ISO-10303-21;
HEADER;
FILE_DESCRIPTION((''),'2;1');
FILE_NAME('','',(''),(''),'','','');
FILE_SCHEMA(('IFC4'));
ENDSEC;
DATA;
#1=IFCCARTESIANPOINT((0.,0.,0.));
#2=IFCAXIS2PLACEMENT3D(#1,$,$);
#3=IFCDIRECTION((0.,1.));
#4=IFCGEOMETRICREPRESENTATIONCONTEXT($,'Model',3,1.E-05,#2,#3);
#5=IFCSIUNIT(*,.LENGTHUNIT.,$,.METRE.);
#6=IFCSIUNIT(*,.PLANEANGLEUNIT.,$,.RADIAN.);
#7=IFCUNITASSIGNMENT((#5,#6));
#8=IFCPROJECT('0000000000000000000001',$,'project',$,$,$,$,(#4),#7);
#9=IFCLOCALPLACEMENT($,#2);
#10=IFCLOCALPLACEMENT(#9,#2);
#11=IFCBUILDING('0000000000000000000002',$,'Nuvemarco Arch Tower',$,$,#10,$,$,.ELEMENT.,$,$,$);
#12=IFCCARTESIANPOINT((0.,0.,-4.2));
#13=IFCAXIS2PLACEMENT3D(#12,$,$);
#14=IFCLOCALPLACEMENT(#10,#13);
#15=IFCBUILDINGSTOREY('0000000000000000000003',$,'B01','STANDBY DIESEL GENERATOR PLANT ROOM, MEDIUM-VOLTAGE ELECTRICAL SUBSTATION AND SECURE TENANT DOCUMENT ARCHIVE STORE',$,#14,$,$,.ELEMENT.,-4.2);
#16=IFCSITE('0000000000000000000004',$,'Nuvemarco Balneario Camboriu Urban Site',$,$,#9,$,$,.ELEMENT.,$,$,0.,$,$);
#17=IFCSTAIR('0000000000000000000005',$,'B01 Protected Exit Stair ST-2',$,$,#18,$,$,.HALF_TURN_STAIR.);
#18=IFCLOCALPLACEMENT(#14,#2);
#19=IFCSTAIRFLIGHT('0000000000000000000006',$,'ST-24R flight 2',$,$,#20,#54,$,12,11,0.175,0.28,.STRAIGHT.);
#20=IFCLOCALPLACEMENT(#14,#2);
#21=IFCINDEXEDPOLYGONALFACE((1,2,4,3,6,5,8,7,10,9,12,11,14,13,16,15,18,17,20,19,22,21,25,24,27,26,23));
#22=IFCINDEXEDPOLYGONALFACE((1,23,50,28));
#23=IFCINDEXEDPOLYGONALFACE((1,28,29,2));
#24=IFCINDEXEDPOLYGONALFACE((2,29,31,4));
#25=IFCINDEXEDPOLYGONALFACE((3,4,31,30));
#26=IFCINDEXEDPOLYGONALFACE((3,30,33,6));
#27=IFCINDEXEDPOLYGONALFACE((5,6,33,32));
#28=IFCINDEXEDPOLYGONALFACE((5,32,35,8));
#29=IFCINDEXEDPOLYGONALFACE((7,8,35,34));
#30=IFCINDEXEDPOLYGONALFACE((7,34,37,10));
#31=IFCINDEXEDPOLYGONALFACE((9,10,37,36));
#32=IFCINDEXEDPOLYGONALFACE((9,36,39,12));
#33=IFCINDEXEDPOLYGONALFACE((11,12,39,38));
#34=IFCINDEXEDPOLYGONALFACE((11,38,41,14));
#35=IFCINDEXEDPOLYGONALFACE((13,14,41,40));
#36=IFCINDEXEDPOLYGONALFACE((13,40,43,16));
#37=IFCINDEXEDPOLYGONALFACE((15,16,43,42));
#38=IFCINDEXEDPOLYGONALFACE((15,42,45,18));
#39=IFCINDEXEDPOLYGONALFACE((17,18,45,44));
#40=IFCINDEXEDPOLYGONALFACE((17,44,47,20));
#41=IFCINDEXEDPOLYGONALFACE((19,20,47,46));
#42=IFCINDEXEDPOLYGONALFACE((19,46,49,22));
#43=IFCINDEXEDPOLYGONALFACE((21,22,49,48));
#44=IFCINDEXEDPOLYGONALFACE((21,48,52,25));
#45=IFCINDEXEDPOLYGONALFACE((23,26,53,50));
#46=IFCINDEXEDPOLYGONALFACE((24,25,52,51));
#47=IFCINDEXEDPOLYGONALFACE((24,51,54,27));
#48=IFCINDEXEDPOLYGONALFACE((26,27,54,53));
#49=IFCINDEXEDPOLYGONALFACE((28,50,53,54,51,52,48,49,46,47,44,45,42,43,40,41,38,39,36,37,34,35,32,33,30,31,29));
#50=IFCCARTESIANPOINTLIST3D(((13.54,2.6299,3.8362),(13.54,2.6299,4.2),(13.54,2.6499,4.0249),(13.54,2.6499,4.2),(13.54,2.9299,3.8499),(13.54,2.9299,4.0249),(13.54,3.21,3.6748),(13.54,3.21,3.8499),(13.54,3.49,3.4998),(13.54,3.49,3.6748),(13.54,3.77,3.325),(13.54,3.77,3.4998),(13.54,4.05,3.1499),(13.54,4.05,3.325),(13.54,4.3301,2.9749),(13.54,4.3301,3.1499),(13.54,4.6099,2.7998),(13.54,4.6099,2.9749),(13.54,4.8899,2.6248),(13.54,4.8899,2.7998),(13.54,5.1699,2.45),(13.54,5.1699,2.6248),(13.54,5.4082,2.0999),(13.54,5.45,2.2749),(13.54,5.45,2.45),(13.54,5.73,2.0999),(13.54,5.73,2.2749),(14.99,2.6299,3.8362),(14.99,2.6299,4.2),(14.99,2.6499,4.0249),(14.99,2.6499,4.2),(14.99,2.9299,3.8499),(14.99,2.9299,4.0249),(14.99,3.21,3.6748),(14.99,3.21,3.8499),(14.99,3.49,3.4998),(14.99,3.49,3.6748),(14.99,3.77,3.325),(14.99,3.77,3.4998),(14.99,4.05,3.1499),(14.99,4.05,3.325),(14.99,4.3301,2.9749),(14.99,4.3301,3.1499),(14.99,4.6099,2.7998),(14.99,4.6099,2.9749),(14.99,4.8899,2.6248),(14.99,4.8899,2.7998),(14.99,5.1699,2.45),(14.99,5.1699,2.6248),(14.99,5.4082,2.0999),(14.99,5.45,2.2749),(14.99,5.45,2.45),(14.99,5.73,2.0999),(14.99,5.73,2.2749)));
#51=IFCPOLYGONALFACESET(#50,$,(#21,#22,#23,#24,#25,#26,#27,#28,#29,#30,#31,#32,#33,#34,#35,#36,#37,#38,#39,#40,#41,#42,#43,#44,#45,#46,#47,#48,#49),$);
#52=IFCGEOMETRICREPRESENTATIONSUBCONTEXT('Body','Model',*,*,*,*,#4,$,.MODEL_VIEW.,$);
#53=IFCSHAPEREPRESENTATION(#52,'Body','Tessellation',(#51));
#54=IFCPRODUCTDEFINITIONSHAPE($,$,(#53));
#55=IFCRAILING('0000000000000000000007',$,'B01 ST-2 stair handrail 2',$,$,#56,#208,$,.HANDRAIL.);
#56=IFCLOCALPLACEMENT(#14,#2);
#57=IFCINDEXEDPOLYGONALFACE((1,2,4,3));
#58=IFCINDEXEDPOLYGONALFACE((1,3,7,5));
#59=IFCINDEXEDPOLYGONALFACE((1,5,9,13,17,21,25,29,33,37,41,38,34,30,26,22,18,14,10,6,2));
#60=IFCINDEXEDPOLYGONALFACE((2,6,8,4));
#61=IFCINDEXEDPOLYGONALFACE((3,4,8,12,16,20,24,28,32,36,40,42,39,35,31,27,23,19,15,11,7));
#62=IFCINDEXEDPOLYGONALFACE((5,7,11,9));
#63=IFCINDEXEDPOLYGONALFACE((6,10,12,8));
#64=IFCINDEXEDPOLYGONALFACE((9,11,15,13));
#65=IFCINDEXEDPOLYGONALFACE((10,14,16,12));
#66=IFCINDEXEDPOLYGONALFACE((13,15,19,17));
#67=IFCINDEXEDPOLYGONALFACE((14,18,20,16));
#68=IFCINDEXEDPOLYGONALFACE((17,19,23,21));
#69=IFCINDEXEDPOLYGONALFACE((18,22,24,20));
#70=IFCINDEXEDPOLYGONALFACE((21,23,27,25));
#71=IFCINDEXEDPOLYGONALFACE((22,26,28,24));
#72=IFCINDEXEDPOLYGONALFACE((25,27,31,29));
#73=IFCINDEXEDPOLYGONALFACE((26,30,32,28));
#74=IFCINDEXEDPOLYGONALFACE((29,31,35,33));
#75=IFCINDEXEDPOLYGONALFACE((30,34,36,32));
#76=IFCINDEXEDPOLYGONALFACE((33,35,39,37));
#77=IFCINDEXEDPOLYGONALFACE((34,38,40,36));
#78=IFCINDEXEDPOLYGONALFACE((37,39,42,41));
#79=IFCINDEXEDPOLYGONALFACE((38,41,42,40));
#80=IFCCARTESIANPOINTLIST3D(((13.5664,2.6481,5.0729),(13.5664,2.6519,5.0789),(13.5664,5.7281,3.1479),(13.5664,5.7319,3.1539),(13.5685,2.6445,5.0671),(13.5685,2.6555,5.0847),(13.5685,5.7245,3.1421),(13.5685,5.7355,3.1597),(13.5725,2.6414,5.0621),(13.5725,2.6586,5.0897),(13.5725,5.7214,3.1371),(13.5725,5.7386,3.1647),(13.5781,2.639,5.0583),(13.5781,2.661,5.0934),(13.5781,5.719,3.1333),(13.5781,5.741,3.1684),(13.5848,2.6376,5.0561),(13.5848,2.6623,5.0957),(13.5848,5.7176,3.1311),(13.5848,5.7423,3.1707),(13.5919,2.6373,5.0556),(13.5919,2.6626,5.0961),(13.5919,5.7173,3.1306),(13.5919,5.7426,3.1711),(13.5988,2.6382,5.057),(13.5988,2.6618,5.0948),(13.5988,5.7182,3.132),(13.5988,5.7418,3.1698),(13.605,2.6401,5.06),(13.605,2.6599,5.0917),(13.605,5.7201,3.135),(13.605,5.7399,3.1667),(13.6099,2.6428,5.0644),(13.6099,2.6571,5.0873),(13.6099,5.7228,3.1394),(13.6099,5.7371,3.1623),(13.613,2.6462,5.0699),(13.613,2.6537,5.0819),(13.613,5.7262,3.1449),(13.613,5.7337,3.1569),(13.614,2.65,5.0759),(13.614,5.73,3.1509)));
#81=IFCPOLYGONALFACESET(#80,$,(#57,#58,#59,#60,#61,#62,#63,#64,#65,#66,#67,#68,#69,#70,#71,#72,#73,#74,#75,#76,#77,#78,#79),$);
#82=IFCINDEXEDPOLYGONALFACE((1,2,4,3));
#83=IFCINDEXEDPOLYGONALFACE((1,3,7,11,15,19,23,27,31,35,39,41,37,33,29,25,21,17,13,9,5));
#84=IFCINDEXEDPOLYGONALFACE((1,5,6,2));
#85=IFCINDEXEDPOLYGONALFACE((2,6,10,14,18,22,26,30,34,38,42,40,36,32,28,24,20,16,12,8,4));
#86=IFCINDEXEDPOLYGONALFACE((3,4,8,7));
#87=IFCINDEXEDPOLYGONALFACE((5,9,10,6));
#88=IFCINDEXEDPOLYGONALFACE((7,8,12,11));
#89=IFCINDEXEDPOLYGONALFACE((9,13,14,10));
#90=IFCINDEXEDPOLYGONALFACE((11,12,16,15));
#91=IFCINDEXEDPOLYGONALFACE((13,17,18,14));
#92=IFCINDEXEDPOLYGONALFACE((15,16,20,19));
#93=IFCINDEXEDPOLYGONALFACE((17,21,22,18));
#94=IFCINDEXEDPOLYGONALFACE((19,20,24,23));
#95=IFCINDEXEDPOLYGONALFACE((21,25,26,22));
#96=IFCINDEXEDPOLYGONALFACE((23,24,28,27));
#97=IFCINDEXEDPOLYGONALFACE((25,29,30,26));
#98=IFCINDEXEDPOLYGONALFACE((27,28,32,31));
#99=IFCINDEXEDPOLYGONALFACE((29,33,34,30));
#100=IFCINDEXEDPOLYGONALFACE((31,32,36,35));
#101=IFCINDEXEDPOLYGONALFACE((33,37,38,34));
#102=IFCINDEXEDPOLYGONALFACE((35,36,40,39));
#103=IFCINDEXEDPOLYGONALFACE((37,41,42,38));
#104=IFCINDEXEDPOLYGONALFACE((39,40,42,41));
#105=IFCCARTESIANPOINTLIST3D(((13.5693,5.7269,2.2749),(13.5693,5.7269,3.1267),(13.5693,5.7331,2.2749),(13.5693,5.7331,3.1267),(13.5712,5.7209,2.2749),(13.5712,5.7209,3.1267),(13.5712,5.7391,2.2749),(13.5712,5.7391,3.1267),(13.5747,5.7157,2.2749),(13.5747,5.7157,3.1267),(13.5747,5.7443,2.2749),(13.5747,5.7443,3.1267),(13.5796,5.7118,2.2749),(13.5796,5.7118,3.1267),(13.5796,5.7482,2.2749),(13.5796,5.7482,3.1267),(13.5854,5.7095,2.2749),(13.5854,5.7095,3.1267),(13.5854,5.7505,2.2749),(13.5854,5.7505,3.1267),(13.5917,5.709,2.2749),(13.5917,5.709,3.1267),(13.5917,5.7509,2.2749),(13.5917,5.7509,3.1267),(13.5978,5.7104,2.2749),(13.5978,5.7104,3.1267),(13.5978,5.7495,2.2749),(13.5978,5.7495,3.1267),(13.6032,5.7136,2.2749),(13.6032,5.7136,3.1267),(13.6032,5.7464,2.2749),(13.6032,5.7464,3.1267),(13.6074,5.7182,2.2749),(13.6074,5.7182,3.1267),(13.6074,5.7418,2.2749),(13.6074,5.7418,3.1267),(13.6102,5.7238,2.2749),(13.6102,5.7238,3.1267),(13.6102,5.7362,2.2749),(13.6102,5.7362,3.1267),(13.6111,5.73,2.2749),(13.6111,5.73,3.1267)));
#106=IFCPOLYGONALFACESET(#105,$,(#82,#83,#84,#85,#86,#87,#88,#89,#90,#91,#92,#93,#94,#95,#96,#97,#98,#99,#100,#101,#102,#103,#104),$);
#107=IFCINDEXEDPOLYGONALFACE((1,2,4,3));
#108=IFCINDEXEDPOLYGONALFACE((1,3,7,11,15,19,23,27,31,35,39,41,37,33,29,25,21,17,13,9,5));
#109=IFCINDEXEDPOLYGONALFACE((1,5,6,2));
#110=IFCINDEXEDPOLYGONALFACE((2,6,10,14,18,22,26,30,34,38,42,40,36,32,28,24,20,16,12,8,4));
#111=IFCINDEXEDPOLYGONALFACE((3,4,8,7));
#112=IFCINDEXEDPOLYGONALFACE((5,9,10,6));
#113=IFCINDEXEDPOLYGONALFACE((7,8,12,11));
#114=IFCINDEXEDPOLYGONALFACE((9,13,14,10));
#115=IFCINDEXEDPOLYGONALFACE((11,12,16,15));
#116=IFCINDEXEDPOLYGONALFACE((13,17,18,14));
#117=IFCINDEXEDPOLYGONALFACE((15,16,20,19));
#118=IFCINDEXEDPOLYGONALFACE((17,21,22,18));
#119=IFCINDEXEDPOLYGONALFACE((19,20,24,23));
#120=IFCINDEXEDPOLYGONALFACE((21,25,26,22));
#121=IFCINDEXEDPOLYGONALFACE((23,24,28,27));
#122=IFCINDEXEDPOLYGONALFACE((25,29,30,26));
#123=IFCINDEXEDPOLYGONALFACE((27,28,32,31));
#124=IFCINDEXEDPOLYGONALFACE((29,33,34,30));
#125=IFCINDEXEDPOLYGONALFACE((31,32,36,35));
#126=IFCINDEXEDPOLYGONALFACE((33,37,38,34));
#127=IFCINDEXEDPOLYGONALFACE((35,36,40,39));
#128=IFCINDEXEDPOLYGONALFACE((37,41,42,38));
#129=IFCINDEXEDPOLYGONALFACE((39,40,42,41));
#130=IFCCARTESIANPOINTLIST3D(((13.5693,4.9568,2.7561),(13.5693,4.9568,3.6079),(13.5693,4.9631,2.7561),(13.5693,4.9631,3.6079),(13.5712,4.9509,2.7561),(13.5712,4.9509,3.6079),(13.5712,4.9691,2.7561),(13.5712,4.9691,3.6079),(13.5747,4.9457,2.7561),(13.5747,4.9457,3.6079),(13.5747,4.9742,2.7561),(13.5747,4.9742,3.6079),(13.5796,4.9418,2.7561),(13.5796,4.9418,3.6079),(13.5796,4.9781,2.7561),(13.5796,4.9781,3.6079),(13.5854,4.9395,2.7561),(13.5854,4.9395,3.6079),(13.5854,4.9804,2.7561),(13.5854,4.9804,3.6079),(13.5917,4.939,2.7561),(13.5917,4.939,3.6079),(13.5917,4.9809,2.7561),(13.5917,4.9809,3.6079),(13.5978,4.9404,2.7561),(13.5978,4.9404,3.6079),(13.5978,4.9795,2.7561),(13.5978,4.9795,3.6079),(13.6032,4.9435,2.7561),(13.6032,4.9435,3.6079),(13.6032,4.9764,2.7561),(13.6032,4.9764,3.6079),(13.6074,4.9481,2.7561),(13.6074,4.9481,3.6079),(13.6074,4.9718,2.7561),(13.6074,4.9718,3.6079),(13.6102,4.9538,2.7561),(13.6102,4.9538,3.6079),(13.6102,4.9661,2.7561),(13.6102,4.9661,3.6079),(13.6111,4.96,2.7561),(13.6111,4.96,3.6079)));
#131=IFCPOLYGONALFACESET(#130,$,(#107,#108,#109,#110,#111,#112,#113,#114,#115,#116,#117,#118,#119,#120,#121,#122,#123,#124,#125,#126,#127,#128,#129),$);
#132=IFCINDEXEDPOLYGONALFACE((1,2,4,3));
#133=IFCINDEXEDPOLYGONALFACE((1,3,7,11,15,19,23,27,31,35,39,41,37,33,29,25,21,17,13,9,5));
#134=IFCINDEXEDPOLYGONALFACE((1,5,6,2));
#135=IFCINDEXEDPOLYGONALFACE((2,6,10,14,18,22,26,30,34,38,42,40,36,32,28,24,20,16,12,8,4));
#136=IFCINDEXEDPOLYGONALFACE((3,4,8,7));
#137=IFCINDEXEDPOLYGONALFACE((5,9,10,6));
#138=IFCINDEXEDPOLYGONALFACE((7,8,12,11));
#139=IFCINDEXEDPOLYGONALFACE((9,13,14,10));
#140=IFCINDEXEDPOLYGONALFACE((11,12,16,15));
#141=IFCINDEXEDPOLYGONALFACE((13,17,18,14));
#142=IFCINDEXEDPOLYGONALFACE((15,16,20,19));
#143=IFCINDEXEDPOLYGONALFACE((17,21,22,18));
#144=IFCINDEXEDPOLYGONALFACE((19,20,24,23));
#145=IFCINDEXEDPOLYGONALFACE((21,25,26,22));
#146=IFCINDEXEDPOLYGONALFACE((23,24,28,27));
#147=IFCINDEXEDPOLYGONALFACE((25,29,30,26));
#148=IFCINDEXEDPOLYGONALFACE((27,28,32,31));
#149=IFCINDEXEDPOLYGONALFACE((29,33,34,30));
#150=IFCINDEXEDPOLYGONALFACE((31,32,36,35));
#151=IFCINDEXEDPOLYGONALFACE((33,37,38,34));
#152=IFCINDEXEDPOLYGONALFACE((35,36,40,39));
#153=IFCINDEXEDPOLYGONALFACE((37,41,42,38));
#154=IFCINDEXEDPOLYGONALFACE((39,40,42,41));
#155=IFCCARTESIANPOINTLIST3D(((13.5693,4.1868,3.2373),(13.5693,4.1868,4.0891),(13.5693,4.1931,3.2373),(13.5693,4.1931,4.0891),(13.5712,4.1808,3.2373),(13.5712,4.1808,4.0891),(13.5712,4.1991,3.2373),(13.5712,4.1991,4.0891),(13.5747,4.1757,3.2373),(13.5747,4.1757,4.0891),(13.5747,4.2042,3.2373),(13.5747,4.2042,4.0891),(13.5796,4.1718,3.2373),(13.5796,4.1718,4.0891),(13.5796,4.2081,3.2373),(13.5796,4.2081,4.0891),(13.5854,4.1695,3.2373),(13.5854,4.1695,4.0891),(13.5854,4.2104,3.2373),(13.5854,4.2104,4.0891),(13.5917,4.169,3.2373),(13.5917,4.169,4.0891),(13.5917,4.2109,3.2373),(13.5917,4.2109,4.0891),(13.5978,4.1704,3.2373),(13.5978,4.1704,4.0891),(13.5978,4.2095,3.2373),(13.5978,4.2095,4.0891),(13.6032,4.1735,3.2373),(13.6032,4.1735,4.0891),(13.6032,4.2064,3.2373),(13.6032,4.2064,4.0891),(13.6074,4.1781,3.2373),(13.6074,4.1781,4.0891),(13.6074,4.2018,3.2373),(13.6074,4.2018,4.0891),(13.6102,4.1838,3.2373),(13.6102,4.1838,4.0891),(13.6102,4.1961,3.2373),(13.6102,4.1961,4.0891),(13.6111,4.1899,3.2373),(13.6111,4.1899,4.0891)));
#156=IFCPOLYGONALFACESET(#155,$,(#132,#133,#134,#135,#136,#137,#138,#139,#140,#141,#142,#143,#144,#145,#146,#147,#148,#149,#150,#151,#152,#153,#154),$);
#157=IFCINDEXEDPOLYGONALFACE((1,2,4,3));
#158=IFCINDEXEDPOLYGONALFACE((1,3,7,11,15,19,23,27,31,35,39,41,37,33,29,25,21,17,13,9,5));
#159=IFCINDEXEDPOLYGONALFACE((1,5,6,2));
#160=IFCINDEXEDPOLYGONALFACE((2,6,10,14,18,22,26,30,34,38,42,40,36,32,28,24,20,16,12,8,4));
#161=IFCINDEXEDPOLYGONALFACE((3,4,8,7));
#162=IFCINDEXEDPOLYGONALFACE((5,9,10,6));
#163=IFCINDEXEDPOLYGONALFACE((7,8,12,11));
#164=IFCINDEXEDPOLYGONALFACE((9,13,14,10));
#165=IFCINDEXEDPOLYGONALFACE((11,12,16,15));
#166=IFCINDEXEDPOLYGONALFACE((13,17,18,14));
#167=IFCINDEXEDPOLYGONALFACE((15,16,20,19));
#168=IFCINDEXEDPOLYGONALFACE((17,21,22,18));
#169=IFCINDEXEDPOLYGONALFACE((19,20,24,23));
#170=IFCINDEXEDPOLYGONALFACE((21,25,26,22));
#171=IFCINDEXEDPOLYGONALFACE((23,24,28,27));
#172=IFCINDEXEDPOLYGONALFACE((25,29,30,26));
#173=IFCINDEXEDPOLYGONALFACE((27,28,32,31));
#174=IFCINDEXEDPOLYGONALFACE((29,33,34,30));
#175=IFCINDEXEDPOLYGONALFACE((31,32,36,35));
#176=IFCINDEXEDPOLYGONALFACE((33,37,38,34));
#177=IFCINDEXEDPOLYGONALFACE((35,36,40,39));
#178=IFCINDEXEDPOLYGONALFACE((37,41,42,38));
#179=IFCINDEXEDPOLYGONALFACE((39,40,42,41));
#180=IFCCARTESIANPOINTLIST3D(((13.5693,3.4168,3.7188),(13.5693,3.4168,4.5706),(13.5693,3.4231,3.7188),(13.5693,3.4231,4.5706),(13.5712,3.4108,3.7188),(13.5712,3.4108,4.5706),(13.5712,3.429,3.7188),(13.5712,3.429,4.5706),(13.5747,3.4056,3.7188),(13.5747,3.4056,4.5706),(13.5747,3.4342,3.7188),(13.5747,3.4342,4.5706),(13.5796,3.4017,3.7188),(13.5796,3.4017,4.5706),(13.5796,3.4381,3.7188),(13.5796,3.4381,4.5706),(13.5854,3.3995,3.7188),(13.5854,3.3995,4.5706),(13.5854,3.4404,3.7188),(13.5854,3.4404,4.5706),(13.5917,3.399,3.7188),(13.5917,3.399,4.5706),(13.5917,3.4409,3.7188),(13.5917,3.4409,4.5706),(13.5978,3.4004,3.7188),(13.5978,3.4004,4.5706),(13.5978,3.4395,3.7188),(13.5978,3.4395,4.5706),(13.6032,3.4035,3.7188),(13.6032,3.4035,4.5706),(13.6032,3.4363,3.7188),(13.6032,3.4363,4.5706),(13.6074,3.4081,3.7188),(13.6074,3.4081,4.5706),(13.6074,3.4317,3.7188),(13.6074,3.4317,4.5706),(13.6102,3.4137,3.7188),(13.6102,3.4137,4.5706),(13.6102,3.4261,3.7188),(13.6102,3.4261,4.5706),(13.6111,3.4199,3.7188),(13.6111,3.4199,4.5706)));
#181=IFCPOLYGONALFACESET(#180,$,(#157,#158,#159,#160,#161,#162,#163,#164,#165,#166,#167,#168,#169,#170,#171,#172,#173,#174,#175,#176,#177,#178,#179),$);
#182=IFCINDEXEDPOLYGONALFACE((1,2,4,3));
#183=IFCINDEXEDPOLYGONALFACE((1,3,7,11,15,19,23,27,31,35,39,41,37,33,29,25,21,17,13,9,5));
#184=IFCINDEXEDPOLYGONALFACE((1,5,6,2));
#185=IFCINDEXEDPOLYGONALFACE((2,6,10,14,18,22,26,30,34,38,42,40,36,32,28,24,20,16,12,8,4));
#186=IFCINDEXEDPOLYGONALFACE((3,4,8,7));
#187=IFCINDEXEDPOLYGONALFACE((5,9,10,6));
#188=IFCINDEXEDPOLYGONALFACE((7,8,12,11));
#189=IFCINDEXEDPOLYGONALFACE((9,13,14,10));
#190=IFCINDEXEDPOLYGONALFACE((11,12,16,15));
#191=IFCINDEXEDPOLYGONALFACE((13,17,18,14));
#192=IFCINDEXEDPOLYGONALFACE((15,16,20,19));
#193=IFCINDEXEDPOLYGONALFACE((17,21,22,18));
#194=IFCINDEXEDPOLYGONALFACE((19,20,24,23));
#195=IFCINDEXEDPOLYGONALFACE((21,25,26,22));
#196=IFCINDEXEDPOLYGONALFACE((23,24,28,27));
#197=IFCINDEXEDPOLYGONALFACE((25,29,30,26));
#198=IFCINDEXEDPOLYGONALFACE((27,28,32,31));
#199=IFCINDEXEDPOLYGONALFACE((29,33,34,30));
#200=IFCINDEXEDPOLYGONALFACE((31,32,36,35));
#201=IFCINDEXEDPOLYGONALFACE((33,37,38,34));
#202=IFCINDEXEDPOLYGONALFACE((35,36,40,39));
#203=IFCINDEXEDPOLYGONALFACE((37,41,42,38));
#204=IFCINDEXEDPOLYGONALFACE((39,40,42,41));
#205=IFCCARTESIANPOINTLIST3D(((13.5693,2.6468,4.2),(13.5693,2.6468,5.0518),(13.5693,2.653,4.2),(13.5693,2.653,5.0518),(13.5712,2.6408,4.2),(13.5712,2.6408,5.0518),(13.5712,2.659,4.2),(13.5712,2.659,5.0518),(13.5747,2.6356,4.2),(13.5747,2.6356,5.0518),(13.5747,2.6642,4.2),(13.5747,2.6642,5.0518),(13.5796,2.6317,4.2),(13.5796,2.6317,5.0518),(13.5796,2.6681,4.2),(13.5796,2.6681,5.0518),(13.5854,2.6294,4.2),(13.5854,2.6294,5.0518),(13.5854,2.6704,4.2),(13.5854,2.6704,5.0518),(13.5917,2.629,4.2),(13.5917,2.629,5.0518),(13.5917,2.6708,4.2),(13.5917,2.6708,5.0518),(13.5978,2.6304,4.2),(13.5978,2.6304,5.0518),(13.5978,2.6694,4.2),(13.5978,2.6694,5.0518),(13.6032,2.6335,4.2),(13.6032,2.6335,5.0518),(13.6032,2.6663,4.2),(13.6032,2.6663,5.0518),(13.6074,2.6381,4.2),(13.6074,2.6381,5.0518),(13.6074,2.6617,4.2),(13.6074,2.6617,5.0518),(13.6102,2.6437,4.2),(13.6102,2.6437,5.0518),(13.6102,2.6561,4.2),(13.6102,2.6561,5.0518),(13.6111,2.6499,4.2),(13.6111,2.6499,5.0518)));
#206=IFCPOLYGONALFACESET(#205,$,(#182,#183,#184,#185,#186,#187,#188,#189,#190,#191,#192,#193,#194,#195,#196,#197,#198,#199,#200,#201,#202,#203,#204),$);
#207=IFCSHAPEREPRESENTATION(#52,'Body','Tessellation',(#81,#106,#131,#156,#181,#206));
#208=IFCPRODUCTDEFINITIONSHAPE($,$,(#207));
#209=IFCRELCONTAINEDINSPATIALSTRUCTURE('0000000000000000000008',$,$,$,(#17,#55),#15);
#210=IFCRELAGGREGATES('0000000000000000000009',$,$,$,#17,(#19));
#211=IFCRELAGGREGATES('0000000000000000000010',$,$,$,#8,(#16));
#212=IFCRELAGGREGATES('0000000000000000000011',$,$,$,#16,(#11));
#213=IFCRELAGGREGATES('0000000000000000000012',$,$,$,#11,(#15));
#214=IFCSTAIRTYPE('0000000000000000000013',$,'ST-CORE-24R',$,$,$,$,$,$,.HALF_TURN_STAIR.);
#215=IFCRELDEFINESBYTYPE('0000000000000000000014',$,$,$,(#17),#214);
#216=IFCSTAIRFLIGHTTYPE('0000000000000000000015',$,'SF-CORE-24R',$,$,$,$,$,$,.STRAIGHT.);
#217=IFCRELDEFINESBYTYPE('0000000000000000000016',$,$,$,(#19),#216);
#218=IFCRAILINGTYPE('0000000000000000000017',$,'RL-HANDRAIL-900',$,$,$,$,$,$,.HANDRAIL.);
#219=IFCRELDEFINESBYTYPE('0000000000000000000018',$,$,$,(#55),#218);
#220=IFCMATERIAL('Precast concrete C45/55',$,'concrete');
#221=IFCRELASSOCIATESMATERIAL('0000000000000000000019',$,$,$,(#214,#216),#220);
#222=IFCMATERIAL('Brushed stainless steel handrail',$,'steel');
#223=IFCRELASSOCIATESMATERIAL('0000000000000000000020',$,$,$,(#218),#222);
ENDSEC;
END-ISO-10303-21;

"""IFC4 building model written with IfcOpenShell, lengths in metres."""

from ifc_helpers import new_model, si_unit, direction, frame, origin, origin_2d, place, context, subcontext, project, spatial, polyline, circle, outline, extrude, material, type_object, element, aggregate, save


model = new_model("IFC4")

# Units and contexts
model_context = context("Model", 3, precision=1e-05, world=origin(), true_north=direction((0.0, 1.0)))
body_context = subcontext(model_context, "Body", "Model", "MODEL_VIEW")
ifc_project = project(units=[si_unit("LENGTHUNIT", "METRE"), si_unit("PLANEANGLEUNIT", "RADIAN")], contexts=[model_context])

# Site, building, storey
site_placement = place(None, origin())
site = spatial("IfcSite", under=ifc_project, at=site_placement, Name="Nuvemarco Balneario Camboriu Urban Site", CompositionType="ELEMENT", RefElevation=0.0)
building_placement = place(site_placement, origin())
building = spatial("IfcBuilding", under=site, at=building_placement, Name="Nuvemarco Arch Tower", CompositionType="ELEMENT")
storey_placement = place(building_placement, frame((0.0, 0.0, -4.2)))
storey = spatial("IfcBuildingStorey", under=building, at=storey_placement, Name="B01", Description="STANDBY DIESEL GENERATOR PLANT ROOM, MEDIUM-VOLTAGE ELECTRICAL SUBSTATION AND SECURE TENANT DOCUMENT ARCHIVE STORE", CompositionType="ELEMENT", Elevation=-4.2)

# Shared definitions
ifc_material_1 = material(Name="Precast concrete C45/55", Category="concrete")

# Stair, stair flight
stair_type = type_object("IfcStairType", Name="ST-CORE-24R", PredefinedType="HALF_TURN_STAIR", material=ifc_material_1)
stair_placement = place(storey_placement, origin())
stair = element("IfcStair", 1, at=stair_placement, inside=storey, type_object=stair_type, Name="B01 Protected Exit Stair ST-2", PredefinedType="HALF_TURN_STAIR")
stair_flight_type = type_object("IfcStairFlightType", Name="SF-CORE-24R", PredefinedType="STRAIGHT", material=ifc_material_1)
stair_flight_placement = place(storey_placement, frame((14.2649, 5.73, 2.0999), z_axis=(0.0, 0.0, 1.0), x_axis=(0.0, -1.0, 0.0)))
stair_flight = element("IfcStairFlight", 2, at=stair_flight_placement, type_object=stair_flight_type, Name="ST-24R flight 2", NumberOfRisers=12, NumberOfTreads=11, PredefinedType="STRAIGHT", RiserHeight=0.175, TreadLength=0.28, context=body_context, shape_type="SweptSolid", body=[
    extrude(outline(polyline([(0.0, 0.0), (0.0, 0.175), (0.28, 0.175), (0.28, 0.3501), (0.5601, 0.3501), (0.5601, 0.5249), (0.8401, 0.5249), (0.8401, 0.7), (1.1201, 0.7), (1.1201, 0.875), (1.3999, 0.875), (1.3999, 1.05), (1.6799, 1.05), (1.6799, 1.2251), (1.96, 1.2251), (1.96, 1.3999), (2.24, 1.3999), (2.24, 1.575), (2.52, 1.575), (2.52, 1.75), (2.8, 1.75), (2.8, 1.925), (3.0801, 1.925), (3.0801, 2.1001), (3.1001, 2.1001), (3.1001, 1.7363), (0.3218, 0.0), (0.0, 0.0)])), frame((0.0, 0.7251, 0.0), z_axis=(0.0, -1.0, 0.0), x_axis=(1.0, 0.0, 0.0)), (0.0, 0.0, 1.0), 1.45),
])
aggregate(stair, [stair_flight])

# Railing
ifc_material_2 = material(Name="Brushed stainless steel handrail", Category="steel")
railing_type_1 = type_object("IfcRailingType", Name="RL-HANDRAIL-900", PredefinedType="HANDRAIL", material=ifc_material_2)
railing_1_placement = place(storey_placement, frame((13.5901, 5.73, 2.2749)))
element("IfcRailing", 3, at=railing_1_placement, inside=storey, type_object=railing_type_1, Name="B01 ST-2 stair handrail 2", PredefinedType="HANDRAIL", context=body_context, shape_type="SweptSolid", body=[
    extrude(circle(Radius=0.0239, at=origin_2d()), frame((0.0, 0.0, 0.876), z_axis=(0.0, -0.847998, 0.529999), x_axis=(1.0, 0.0, 0.0)), (0.0, 0.0, 1.0), 3.6321),
    extrude(circle(Radius=0.021, at=origin_2d()), origin(), (0.0, 0.0, 1.0), 0.8518),
    extrude(circle(Radius=0.021, at=origin_2d()), frame((0.0, -0.77, 0.4812)), (0.0, 0.0, 1.0), 0.8518),
    extrude(circle(Radius=0.021, at=origin_2d()), frame((0.0, -1.54, 0.9624)), (0.0, 0.0, 1.0), 0.8518),
    extrude(circle(Radius=0.021, at=origin_2d()), frame((0.0, -2.3101, 1.4438)), (0.0, 0.0, 1.0), 0.8518),
    extrude(circle(Radius=0.021, at=origin_2d()), frame((0.0, -3.0801, 1.925)), (0.0, 0.0, 1.0), 0.8518),
])

save(model, "model.ifc")
